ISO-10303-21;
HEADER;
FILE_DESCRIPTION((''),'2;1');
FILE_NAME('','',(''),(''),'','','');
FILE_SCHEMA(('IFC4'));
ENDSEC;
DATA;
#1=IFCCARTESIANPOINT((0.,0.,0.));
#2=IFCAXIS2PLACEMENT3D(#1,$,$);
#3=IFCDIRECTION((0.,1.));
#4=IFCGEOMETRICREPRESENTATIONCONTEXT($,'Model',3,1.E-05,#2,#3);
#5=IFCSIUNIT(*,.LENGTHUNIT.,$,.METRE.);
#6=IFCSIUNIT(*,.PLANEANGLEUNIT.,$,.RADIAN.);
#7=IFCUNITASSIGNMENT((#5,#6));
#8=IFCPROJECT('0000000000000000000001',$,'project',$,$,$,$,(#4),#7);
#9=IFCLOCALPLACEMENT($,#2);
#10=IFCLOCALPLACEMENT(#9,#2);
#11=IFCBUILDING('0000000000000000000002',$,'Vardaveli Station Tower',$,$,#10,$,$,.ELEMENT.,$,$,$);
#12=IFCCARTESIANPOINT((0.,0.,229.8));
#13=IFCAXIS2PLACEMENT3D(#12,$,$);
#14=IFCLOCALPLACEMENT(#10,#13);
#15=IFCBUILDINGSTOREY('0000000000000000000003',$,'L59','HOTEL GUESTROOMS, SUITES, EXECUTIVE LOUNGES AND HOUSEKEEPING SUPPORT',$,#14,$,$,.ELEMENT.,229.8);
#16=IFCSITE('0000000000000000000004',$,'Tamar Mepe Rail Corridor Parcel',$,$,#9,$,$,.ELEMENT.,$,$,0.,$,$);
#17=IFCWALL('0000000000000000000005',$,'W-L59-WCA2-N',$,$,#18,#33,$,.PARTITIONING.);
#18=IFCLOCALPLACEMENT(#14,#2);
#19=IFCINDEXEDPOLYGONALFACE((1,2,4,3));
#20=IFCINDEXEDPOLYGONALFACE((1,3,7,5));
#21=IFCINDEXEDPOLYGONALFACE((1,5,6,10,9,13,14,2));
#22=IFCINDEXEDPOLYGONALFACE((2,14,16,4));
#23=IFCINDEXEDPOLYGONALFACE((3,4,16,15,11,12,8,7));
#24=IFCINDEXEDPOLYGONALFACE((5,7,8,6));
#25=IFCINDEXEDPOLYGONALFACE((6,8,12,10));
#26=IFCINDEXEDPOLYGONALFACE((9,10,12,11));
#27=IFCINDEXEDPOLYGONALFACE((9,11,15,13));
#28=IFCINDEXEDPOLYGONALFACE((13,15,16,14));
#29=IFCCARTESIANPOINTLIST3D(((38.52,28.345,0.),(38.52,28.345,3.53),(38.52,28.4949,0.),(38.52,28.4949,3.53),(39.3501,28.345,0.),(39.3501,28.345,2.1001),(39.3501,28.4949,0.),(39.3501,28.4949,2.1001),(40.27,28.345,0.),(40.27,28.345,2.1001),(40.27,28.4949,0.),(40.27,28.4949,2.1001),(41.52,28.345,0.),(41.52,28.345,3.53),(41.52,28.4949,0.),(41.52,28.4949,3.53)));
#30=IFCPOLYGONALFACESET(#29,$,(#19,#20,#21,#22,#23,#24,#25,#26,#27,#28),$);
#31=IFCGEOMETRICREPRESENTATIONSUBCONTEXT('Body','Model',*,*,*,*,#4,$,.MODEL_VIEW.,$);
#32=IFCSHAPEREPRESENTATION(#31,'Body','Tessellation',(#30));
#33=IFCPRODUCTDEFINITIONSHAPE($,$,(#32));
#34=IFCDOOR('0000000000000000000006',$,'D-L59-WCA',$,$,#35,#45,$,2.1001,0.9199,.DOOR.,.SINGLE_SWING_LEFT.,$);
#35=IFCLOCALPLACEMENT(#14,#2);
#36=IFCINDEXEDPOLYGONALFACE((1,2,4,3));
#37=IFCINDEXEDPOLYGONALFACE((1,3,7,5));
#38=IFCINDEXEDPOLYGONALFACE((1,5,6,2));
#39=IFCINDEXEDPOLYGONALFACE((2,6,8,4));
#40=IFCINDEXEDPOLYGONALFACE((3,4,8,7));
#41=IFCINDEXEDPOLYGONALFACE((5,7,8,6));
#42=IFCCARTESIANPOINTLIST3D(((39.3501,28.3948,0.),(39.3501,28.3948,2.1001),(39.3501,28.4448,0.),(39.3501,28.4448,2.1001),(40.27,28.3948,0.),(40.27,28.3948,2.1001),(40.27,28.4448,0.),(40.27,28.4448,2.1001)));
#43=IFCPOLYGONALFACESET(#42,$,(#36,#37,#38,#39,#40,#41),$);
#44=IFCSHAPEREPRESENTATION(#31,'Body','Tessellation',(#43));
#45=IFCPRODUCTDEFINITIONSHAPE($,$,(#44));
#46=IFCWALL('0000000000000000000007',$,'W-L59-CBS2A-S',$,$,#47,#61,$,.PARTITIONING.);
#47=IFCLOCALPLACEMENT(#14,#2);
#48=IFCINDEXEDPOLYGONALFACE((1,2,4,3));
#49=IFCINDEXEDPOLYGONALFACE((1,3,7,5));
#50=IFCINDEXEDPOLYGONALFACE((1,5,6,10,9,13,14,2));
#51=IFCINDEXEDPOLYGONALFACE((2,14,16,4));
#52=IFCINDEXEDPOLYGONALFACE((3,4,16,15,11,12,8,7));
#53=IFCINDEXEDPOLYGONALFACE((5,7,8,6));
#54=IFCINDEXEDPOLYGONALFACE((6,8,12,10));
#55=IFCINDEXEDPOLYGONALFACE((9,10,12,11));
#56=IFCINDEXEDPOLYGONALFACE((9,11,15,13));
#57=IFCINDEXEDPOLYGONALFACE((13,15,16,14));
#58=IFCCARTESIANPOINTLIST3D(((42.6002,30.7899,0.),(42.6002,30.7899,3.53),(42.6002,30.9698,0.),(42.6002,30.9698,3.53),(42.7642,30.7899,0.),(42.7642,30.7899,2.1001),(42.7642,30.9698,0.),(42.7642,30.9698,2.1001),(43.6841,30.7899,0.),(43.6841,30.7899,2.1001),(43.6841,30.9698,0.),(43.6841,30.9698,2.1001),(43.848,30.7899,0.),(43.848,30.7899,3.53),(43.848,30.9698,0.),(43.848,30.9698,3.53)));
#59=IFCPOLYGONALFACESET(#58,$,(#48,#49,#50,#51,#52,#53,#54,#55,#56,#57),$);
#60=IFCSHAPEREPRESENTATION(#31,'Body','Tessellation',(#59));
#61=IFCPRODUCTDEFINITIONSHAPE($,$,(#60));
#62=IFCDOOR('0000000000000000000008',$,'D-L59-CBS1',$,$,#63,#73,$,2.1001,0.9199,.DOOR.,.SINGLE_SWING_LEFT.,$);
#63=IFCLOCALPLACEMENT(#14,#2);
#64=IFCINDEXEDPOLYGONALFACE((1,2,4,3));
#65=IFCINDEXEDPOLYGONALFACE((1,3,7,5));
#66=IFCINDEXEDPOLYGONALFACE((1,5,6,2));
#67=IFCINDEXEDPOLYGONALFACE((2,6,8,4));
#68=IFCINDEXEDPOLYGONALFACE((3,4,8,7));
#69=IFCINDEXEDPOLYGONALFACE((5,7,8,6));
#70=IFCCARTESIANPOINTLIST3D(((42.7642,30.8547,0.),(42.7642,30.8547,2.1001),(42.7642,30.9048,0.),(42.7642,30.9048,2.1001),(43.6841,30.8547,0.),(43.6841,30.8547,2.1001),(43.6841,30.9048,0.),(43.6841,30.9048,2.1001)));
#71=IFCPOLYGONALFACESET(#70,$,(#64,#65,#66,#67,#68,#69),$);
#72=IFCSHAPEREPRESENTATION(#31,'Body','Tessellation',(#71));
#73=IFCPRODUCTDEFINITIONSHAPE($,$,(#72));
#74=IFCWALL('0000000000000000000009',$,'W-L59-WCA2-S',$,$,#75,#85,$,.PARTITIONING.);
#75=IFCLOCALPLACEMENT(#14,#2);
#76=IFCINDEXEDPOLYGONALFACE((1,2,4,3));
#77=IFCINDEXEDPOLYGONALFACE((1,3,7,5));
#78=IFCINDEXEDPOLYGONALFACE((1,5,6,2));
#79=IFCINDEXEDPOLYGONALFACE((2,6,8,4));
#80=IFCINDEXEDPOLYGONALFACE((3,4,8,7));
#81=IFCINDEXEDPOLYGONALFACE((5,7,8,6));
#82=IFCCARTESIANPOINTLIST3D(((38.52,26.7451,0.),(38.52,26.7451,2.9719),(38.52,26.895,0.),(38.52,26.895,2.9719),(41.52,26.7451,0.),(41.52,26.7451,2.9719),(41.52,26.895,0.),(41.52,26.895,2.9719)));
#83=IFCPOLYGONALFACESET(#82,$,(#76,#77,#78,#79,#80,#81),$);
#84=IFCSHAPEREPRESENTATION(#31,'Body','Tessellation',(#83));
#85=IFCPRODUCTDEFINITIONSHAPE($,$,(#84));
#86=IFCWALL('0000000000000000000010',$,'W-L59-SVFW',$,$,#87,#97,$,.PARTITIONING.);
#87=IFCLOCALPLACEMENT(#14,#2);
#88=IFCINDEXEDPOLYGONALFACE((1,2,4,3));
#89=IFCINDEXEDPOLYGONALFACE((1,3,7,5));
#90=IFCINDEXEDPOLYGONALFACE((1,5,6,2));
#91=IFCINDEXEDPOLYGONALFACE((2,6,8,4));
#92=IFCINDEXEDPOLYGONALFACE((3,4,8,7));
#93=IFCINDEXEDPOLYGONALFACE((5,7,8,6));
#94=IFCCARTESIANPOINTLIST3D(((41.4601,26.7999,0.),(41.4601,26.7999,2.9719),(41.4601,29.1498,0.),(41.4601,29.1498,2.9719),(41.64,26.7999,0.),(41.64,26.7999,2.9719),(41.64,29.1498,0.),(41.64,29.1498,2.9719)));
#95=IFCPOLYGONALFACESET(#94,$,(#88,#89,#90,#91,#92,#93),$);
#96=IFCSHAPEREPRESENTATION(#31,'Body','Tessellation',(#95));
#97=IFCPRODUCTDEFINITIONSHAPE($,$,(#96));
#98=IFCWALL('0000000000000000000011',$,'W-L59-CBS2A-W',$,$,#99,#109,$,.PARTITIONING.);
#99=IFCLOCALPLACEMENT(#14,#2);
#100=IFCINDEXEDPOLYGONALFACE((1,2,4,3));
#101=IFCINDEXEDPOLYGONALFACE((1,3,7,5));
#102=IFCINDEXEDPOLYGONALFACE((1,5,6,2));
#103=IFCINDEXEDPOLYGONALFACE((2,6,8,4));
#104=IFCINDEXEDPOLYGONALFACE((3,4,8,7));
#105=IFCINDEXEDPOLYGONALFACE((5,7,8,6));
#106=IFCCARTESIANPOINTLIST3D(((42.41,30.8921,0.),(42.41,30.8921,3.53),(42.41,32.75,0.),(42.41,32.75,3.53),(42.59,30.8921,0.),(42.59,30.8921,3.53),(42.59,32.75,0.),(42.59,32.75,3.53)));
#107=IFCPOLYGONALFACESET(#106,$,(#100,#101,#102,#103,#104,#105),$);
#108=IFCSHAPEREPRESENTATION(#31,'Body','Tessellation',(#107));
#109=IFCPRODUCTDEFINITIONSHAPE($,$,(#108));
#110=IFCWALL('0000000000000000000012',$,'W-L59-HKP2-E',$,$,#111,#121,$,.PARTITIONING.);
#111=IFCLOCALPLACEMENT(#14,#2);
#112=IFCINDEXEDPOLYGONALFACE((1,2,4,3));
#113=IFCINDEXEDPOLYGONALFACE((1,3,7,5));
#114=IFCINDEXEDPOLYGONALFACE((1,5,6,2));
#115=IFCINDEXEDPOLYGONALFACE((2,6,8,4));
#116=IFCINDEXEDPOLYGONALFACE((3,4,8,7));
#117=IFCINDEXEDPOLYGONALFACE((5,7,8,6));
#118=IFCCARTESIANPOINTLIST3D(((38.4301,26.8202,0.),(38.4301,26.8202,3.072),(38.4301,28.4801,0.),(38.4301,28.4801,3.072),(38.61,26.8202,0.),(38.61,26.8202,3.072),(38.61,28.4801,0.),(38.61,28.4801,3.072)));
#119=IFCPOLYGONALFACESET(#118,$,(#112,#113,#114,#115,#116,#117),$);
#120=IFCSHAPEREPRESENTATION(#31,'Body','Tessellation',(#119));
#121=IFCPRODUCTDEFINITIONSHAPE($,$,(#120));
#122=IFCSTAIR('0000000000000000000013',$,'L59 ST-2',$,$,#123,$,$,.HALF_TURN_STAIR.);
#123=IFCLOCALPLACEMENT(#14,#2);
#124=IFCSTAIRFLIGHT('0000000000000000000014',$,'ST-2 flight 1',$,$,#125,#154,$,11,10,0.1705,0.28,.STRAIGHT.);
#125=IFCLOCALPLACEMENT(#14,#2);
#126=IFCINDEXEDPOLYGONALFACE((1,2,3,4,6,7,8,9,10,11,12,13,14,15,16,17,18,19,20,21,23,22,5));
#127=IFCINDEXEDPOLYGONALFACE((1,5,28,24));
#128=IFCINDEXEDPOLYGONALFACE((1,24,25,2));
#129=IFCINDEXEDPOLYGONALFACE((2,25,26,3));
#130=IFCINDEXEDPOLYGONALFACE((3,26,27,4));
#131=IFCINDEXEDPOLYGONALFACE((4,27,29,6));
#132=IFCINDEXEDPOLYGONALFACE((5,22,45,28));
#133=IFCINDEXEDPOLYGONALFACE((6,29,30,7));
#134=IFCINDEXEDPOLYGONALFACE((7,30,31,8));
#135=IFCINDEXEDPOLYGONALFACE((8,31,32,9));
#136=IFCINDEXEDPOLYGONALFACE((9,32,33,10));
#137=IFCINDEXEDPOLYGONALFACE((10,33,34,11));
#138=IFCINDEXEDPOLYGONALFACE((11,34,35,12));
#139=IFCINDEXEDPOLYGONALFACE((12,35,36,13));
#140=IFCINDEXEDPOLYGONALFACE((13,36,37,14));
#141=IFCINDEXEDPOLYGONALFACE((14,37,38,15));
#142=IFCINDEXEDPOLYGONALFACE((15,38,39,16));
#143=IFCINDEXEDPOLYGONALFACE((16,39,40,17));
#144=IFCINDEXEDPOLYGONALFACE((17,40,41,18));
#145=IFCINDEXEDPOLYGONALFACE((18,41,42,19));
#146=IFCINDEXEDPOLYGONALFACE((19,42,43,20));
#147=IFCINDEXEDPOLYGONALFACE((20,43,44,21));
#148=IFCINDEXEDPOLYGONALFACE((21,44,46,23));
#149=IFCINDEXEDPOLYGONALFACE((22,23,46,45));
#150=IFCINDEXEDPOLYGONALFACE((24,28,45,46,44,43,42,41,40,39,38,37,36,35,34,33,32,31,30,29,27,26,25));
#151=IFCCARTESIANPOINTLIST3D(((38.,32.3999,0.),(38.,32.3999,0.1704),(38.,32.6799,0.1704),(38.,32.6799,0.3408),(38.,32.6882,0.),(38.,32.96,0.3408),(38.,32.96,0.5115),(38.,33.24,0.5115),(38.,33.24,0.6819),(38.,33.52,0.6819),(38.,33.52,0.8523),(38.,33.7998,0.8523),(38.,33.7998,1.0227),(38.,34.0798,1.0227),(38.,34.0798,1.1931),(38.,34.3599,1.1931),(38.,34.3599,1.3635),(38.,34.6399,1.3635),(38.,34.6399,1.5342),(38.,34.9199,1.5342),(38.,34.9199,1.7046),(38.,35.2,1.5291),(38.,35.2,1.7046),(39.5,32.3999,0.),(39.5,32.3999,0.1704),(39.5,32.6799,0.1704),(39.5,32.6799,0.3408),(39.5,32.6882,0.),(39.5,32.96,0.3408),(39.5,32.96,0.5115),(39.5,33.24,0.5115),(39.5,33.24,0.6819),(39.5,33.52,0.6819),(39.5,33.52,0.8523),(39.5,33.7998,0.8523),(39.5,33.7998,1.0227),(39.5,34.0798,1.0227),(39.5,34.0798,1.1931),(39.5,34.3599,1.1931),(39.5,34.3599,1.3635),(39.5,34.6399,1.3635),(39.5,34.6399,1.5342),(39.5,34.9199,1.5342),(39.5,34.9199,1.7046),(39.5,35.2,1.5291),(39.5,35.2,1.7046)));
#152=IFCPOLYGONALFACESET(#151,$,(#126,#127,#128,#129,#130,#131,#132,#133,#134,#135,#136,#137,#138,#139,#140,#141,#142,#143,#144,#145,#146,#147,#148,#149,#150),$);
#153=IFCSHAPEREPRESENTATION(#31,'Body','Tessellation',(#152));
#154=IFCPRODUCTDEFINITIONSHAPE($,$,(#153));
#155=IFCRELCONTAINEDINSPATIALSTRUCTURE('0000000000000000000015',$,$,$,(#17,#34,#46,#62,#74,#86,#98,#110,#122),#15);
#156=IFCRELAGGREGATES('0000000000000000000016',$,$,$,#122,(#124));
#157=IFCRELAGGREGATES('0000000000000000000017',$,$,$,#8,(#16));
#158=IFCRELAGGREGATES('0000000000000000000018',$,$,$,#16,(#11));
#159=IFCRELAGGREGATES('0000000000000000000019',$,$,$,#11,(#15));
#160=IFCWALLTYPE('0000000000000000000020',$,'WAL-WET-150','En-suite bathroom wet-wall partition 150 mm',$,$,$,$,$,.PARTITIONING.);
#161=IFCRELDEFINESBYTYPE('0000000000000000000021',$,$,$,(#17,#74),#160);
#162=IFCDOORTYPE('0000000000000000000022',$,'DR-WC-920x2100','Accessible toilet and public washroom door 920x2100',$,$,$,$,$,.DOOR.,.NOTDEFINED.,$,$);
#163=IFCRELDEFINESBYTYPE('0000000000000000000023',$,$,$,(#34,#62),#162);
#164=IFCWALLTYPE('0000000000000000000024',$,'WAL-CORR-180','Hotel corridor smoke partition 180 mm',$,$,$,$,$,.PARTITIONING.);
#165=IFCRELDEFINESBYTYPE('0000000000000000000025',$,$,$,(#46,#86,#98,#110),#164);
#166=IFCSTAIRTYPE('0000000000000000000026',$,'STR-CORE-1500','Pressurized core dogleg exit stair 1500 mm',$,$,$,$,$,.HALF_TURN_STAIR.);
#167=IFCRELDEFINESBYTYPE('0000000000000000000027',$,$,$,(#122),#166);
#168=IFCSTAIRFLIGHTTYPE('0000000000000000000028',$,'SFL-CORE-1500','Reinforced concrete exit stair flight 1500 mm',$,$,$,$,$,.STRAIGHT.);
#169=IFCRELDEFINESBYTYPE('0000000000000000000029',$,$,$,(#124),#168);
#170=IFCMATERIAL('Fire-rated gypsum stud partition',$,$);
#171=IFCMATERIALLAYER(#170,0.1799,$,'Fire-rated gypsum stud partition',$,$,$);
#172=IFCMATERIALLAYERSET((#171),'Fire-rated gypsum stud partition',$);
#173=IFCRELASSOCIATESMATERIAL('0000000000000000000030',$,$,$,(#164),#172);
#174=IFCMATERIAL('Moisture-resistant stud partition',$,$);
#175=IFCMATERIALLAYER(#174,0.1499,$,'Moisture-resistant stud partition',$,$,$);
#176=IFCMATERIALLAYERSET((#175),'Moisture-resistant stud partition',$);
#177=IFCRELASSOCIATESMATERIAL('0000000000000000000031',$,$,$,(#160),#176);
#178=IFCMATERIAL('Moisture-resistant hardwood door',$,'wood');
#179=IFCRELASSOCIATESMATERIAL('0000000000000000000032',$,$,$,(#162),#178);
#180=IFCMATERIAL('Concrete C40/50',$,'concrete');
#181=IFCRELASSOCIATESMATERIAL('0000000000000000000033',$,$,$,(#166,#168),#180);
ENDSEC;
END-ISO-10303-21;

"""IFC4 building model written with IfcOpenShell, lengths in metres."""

from ifc_helpers import new_model, si_unit, direction, frame, frame_2d, origin, place, context, subcontext, project, spatial, polyline, rectangle, outline, extrude, source, transform, mapped, material, layer, layer_set, type_object, element, fill, aggregate, save


model = new_model("IFC4")

# Units and contexts
model_context = context("Model", 3, precision=1e-05, world=origin(), true_north=direction((0.0, 1.0)))
body_context = subcontext(model_context, "Body", "Model", "MODEL_VIEW")
ifc_project = project(units=[si_unit("LENGTHUNIT", "METRE"), si_unit("PLANEANGLEUNIT", "RADIAN")], contexts=[model_context])

# Site, building, storey
site_placement = place(None, origin())
site = spatial("IfcSite", under=ifc_project, at=site_placement, Name="Tamar Mepe Rail Corridor Parcel", CompositionType="ELEMENT", RefElevation=0.0)
building_placement = place(site_placement, origin())
building = spatial("IfcBuilding", under=site, at=building_placement, Name="Vardaveli Station Tower", CompositionType="ELEMENT")
storey_placement = place(building_placement, frame((0.0, 0.0, 229.8)))
storey = spatial("IfcBuildingStorey", under=building, at=storey_placement, Name="L59", Description="HOTEL GUESTROOMS, SUITES, EXECUTIVE LOUNGES AND HOUSEKEEPING SUPPORT", CompositionType="ELEMENT", Elevation=229.8)

# Shared definitions
ifc_material_1 = material(Name="Concrete C40/50", Category="concrete")

# Walls, openings, doors
ifc_material_2 = material(Name="Fire-rated gypsum stud partition")
ifc_layer_1 = layer(ifc_material_2, 0.1799, Name="Fire-rated gypsum stud partition")
ifc_layer_set_1 = layer_set([ifc_layer_1], Name="Fire-rated gypsum stud partition")
wall_type_1 = type_object("IfcWallType", Name="WAL-CORR-180", Description="Hotel corridor smoke partition 180 mm", PredefinedType="PARTITIONING", material=ifc_layer_set_1)
ifc_material_3 = material(Name="Moisture-resistant stud partition")
ifc_layer_2 = layer(ifc_material_3, 0.1499, Name="Moisture-resistant stud partition")
ifc_layer_set_2 = layer_set([ifc_layer_2], Name="Moisture-resistant stud partition")
wall_type_2 = type_object("IfcWallType", Name="WAL-WET-150", Description="En-suite bathroom wet-wall partition 150 mm", PredefinedType="PARTITIONING", material=ifc_layer_set_2)
shared_shape_1 = source(origin(), body_context, "Body", "SweptSolid", [
    extrude(rectangle(XDim=3.0, YDim=0.1499, at=frame_2d((1.5, 0.0))), origin(), (0.0, 0.0, 1.0), 3.53),
])
wall_1_placement = place(storey_placement, frame((38.52, 28.4199, 0.0), z_axis=(0.0, 0.0, 1.0), x_axis=(1.0, 0.0, 0.0)))
wall_1 = element("IfcWall", 1, at=wall_1_placement, inside=storey, type_object=wall_type_2, Name="W-L59-WCA2-N", PredefinedType="PARTITIONING", context=body_context, shape_type="MappedRepresentation", body=[
    mapped(shared_shape_1, transform((0.0, 0.0, 0.0), scale=1.0)),
])
shared_shape_2 = source(origin(), body_context, "Body", "SweptSolid", [
    extrude(rectangle(XDim=0.9199, YDim=2.1001, at=frame_2d((0.46, 1.05))), frame((0.0, 0.085, 0.0), z_axis=(0.0, -1.0, 0.0), x_axis=(1.0, 0.0, 0.0)), (0.0, 0.0, 1.0), 0.1699),
])
opening_1_placement = place(wall_1_placement, frame((0.8301, 0.0, 0.0)))
opening_1 = element("IfcOpeningElement", 2, at=opening_1_placement, cuts=wall_1, PredefinedType="OPENING", context=body_context, shape_type="MappedRepresentation", body=[
    mapped(shared_shape_2, transform((0.0, 0.0, 0.0), scale=1.0)),
])
ifc_material_4 = material(Name="Moisture-resistant hardwood door", Category="wood")
door_type_1 = type_object("IfcDoorType", Name="DR-WC-920x2100", Description="Accessible toilet and public washroom door 920x2100", OperationType="NOTDEFINED", PredefinedType="DOOR", material=ifc_material_4)
shared_shape_3 = source(origin(), body_context, "Body", "SweptSolid", [
    extrude(rectangle(XDim=0.9199, YDim=2.1001, at=frame_2d((0.46, 1.05))), frame((0.0, 0.0249, 0.0), z_axis=(0.0, -1.0, 0.0), x_axis=(1.0, 0.0, 0.0)), (0.0, 0.0, 1.0), 0.05),
])
door_1_placement = place(opening_1_placement, origin())
door_1 = element("IfcDoor", 3, at=door_1_placement, inside=storey, type_object=door_type_1, Name="D-L59-WCA", OperationType="SINGLE_SWING_LEFT", OverallHeight=2.1001, OverallWidth=0.9199, PredefinedType="DOOR", context=body_context, shape_type="MappedRepresentation", body=[
    mapped(shared_shape_3, transform((0.0, 0.0, 0.0), scale=1.0)),
])
fill(opening_1, door_1)
shared_shape_4 = source(origin(), body_context, "Body", "SweptSolid", [
    extrude(rectangle(XDim=1.2478, YDim=0.1799, at=frame_2d((0.624, 0.0))), origin(), (0.0, 0.0, 1.0), 3.53),
])
wall_2_placement = place(storey_placement, frame((42.6001, 30.8799, 0.0), z_axis=(0.0, 0.0, 1.0), x_axis=(1.0, 0.0, 0.0)))
wall_2 = element("IfcWall", 4, at=wall_2_placement, inside=storey, type_object=wall_type_1, Name="W-L59-CBS2A-S", PredefinedType="PARTITIONING", context=body_context, shape_type="MappedRepresentation", body=[
    mapped(shared_shape_4, transform((0.0, 0.0, 0.0), scale=1.0)),
])
shared_shape_5 = source(origin(), body_context, "Body", "SweptSolid", [
    extrude(rectangle(XDim=0.9199, YDim=2.1001, at=frame_2d((0.46, 1.05))), frame((0.0, 0.1001, 0.0), z_axis=(0.0, -1.0, 0.0), x_axis=(1.0, 0.0, 0.0)), (0.0, 0.0, 1.0), 0.2),
])
opening_2_placement = place(wall_2_placement, frame((0.1641, 0.0, 0.0)))
opening_2 = element("IfcOpeningElement", 5, at=opening_2_placement, cuts=wall_2, PredefinedType="OPENING", context=body_context, shape_type="MappedRepresentation", body=[
    mapped(shared_shape_5, transform((0.0, 0.0, 0.0), scale=1.0)),
])
door_2_placement = place(opening_2_placement, origin())
door_2 = element("IfcDoor", 6, at=door_2_placement, inside=storey, type_object=door_type_1, Name="D-L59-CBS1", OperationType="SINGLE_SWING_LEFT", OverallHeight=2.1001, OverallWidth=0.9199, PredefinedType="DOOR", context=body_context, shape_type="MappedRepresentation", body=[
    mapped(shared_shape_3, transform((0.0, 0.0, 0.0), scale=1.0)),
])
fill(opening_2, door_2)

# Walls
shared_shape_6 = source(origin(), body_context, "Body", "SweptSolid", [
    extrude(rectangle(XDim=3.0, YDim=0.1499, at=frame_2d((1.5, 0.0))), origin(), (0.0, 0.0, 1.0), 2.9719),
])
wall_3_placement = place(storey_placement, frame((38.52, 26.8201, 0.0), z_axis=(0.0, 0.0, 1.0), x_axis=(1.0, 0.0, 0.0)))
element("IfcWall", 7, at=wall_3_placement, inside=storey, type_object=wall_type_2, Name="W-L59-WCA2-S", PredefinedType="PARTITIONING", context=body_context, shape_type="MappedRepresentation", body=[
    mapped(shared_shape_6, transform((0.0, 0.0, 0.0), scale=1.0)),
])
shared_shape_7 = source(origin(), body_context, "Body", "SweptSolid", [
    extrude(rectangle(XDim=2.3499, YDim=0.1799, at=frame_2d((1.1748, 0.0))), origin(), (0.0, 0.0, 1.0), 2.9719),
])
wall_4_placement = place(storey_placement, frame((41.55, 26.8, 0.0), z_axis=(0.0, 0.0, 1.0), x_axis=(0.0, 1.0, 0.0)))
element("IfcWall", 8, at=wall_4_placement, inside=storey, type_object=wall_type_1, Name="W-L59-SVFW", PredefinedType="PARTITIONING", context=body_context, shape_type="MappedRepresentation", body=[
    mapped(shared_shape_7, transform((0.0, 0.0, 0.0), scale=1.0)),
])
shared_shape_8 = source(origin(), body_context, "Body", "SweptSolid", [
    extrude(rectangle(XDim=1.8579, YDim=0.1799, at=frame_2d((0.929, 0.0))), origin(), (0.0, 0.0, 1.0), 3.53),
])
wall_5_placement = place(storey_placement, frame((42.5, 30.8921, 0.0), z_axis=(0.0, 0.0, 1.0), x_axis=(0.0, 1.0, 0.0)))
element("IfcWall", 9, at=wall_5_placement, inside=storey, type_object=wall_type_1, Name="W-L59-CBS2A-W", PredefinedType="PARTITIONING", context=body_context, shape_type="MappedRepresentation", body=[
    mapped(shared_shape_8, transform((0.0, 0.0, 0.0), scale=1.0)),
])
shared_shape_9 = source(origin(), body_context, "Body", "SweptSolid", [
    extrude(rectangle(XDim=1.6599, YDim=0.1799, at=frame_2d((0.8301, 0.0))), origin(), (0.0, 0.0, 1.0), 3.072),
])
wall_6_placement = place(storey_placement, frame((38.52, 26.8201, 0.0), z_axis=(0.0, 0.0, 1.0), x_axis=(0.0, 1.0, 0.0)))
element("IfcWall", 10, at=wall_6_placement, inside=storey, type_object=wall_type_1, Name="W-L59-HKP2-E", PredefinedType="PARTITIONING", context=body_context, shape_type="MappedRepresentation", body=[
    mapped(shared_shape_9, transform((0.0, 0.0, 0.0), scale=1.0)),
])

# Stair, stair flight
stair_type = type_object("IfcStairType", Name="STR-CORE-1500", Description="Pressurized core dogleg exit stair 1500 mm", PredefinedType="HALF_TURN_STAIR", material=ifc_material_1)
stair_placement = place(storey_placement, origin())
stair = element("IfcStair", 11, at=stair_placement, inside=storey, type_object=stair_type, Name="L59 ST-2", PredefinedType="HALF_TURN_STAIR")
stair_flight_type = type_object("IfcStairFlightType", Name="SFL-CORE-1500", Description="Reinforced concrete exit stair flight 1500 mm", PredefinedType="STRAIGHT", material=ifc_material_1)
shared_shape_10 = source(origin(), body_context, "Body", "SweptSolid", [
    extrude(outline(polyline([(0.0, 0.0), (0.0, 0.1704), (0.28, 0.1704), (0.28, 0.3408), (0.5601, 0.3408), (0.5601, 0.5115), (0.8401, 0.5115), (0.8401, 0.6819), (1.1201, 0.6819), (1.1201, 0.8523), (1.3999, 0.8523), (1.3999, 1.0227), (1.6799, 1.0227), (1.6799, 1.1931), (1.96, 1.1931), (1.96, 1.3635), (2.24, 1.3635), (2.24, 1.5342), (2.52, 1.5342), (2.52, 1.7046), (2.8, 1.7046), (2.8, 1.875), (2.8, 1.5291), (0.2883, 0.0), (0.0, 0.0)])), frame((0.0, 0.75, 0.0), z_axis=(0.0, -1.0, 0.0), x_axis=(1.0, 0.0, 0.0)), (0.0, 0.0, 1.0), 1.5),
])
stair_flight_placement = place(storey_placement, frame((38.75, 32.3999, 0.0), z_axis=(0.0, 0.0, 1.0), x_axis=(0.0, 1.0, 0.0)))
stair_flight = element("IfcStairFlight", 12, at=stair_flight_placement, type_object=stair_flight_type, Name="ST-2 flight 1", NumberOfRisers=11, NumberOfTreads=10, PredefinedType="STRAIGHT", RiserHeight=0.1705, TreadLength=0.28, context=body_context, shape_type="MappedRepresentation", body=[
    mapped(shared_shape_10, transform((0.0, 0.0, 0.0), scale=1.0)),
])
aggregate(stair, [stair_flight])

save(model, "model.ifc")
